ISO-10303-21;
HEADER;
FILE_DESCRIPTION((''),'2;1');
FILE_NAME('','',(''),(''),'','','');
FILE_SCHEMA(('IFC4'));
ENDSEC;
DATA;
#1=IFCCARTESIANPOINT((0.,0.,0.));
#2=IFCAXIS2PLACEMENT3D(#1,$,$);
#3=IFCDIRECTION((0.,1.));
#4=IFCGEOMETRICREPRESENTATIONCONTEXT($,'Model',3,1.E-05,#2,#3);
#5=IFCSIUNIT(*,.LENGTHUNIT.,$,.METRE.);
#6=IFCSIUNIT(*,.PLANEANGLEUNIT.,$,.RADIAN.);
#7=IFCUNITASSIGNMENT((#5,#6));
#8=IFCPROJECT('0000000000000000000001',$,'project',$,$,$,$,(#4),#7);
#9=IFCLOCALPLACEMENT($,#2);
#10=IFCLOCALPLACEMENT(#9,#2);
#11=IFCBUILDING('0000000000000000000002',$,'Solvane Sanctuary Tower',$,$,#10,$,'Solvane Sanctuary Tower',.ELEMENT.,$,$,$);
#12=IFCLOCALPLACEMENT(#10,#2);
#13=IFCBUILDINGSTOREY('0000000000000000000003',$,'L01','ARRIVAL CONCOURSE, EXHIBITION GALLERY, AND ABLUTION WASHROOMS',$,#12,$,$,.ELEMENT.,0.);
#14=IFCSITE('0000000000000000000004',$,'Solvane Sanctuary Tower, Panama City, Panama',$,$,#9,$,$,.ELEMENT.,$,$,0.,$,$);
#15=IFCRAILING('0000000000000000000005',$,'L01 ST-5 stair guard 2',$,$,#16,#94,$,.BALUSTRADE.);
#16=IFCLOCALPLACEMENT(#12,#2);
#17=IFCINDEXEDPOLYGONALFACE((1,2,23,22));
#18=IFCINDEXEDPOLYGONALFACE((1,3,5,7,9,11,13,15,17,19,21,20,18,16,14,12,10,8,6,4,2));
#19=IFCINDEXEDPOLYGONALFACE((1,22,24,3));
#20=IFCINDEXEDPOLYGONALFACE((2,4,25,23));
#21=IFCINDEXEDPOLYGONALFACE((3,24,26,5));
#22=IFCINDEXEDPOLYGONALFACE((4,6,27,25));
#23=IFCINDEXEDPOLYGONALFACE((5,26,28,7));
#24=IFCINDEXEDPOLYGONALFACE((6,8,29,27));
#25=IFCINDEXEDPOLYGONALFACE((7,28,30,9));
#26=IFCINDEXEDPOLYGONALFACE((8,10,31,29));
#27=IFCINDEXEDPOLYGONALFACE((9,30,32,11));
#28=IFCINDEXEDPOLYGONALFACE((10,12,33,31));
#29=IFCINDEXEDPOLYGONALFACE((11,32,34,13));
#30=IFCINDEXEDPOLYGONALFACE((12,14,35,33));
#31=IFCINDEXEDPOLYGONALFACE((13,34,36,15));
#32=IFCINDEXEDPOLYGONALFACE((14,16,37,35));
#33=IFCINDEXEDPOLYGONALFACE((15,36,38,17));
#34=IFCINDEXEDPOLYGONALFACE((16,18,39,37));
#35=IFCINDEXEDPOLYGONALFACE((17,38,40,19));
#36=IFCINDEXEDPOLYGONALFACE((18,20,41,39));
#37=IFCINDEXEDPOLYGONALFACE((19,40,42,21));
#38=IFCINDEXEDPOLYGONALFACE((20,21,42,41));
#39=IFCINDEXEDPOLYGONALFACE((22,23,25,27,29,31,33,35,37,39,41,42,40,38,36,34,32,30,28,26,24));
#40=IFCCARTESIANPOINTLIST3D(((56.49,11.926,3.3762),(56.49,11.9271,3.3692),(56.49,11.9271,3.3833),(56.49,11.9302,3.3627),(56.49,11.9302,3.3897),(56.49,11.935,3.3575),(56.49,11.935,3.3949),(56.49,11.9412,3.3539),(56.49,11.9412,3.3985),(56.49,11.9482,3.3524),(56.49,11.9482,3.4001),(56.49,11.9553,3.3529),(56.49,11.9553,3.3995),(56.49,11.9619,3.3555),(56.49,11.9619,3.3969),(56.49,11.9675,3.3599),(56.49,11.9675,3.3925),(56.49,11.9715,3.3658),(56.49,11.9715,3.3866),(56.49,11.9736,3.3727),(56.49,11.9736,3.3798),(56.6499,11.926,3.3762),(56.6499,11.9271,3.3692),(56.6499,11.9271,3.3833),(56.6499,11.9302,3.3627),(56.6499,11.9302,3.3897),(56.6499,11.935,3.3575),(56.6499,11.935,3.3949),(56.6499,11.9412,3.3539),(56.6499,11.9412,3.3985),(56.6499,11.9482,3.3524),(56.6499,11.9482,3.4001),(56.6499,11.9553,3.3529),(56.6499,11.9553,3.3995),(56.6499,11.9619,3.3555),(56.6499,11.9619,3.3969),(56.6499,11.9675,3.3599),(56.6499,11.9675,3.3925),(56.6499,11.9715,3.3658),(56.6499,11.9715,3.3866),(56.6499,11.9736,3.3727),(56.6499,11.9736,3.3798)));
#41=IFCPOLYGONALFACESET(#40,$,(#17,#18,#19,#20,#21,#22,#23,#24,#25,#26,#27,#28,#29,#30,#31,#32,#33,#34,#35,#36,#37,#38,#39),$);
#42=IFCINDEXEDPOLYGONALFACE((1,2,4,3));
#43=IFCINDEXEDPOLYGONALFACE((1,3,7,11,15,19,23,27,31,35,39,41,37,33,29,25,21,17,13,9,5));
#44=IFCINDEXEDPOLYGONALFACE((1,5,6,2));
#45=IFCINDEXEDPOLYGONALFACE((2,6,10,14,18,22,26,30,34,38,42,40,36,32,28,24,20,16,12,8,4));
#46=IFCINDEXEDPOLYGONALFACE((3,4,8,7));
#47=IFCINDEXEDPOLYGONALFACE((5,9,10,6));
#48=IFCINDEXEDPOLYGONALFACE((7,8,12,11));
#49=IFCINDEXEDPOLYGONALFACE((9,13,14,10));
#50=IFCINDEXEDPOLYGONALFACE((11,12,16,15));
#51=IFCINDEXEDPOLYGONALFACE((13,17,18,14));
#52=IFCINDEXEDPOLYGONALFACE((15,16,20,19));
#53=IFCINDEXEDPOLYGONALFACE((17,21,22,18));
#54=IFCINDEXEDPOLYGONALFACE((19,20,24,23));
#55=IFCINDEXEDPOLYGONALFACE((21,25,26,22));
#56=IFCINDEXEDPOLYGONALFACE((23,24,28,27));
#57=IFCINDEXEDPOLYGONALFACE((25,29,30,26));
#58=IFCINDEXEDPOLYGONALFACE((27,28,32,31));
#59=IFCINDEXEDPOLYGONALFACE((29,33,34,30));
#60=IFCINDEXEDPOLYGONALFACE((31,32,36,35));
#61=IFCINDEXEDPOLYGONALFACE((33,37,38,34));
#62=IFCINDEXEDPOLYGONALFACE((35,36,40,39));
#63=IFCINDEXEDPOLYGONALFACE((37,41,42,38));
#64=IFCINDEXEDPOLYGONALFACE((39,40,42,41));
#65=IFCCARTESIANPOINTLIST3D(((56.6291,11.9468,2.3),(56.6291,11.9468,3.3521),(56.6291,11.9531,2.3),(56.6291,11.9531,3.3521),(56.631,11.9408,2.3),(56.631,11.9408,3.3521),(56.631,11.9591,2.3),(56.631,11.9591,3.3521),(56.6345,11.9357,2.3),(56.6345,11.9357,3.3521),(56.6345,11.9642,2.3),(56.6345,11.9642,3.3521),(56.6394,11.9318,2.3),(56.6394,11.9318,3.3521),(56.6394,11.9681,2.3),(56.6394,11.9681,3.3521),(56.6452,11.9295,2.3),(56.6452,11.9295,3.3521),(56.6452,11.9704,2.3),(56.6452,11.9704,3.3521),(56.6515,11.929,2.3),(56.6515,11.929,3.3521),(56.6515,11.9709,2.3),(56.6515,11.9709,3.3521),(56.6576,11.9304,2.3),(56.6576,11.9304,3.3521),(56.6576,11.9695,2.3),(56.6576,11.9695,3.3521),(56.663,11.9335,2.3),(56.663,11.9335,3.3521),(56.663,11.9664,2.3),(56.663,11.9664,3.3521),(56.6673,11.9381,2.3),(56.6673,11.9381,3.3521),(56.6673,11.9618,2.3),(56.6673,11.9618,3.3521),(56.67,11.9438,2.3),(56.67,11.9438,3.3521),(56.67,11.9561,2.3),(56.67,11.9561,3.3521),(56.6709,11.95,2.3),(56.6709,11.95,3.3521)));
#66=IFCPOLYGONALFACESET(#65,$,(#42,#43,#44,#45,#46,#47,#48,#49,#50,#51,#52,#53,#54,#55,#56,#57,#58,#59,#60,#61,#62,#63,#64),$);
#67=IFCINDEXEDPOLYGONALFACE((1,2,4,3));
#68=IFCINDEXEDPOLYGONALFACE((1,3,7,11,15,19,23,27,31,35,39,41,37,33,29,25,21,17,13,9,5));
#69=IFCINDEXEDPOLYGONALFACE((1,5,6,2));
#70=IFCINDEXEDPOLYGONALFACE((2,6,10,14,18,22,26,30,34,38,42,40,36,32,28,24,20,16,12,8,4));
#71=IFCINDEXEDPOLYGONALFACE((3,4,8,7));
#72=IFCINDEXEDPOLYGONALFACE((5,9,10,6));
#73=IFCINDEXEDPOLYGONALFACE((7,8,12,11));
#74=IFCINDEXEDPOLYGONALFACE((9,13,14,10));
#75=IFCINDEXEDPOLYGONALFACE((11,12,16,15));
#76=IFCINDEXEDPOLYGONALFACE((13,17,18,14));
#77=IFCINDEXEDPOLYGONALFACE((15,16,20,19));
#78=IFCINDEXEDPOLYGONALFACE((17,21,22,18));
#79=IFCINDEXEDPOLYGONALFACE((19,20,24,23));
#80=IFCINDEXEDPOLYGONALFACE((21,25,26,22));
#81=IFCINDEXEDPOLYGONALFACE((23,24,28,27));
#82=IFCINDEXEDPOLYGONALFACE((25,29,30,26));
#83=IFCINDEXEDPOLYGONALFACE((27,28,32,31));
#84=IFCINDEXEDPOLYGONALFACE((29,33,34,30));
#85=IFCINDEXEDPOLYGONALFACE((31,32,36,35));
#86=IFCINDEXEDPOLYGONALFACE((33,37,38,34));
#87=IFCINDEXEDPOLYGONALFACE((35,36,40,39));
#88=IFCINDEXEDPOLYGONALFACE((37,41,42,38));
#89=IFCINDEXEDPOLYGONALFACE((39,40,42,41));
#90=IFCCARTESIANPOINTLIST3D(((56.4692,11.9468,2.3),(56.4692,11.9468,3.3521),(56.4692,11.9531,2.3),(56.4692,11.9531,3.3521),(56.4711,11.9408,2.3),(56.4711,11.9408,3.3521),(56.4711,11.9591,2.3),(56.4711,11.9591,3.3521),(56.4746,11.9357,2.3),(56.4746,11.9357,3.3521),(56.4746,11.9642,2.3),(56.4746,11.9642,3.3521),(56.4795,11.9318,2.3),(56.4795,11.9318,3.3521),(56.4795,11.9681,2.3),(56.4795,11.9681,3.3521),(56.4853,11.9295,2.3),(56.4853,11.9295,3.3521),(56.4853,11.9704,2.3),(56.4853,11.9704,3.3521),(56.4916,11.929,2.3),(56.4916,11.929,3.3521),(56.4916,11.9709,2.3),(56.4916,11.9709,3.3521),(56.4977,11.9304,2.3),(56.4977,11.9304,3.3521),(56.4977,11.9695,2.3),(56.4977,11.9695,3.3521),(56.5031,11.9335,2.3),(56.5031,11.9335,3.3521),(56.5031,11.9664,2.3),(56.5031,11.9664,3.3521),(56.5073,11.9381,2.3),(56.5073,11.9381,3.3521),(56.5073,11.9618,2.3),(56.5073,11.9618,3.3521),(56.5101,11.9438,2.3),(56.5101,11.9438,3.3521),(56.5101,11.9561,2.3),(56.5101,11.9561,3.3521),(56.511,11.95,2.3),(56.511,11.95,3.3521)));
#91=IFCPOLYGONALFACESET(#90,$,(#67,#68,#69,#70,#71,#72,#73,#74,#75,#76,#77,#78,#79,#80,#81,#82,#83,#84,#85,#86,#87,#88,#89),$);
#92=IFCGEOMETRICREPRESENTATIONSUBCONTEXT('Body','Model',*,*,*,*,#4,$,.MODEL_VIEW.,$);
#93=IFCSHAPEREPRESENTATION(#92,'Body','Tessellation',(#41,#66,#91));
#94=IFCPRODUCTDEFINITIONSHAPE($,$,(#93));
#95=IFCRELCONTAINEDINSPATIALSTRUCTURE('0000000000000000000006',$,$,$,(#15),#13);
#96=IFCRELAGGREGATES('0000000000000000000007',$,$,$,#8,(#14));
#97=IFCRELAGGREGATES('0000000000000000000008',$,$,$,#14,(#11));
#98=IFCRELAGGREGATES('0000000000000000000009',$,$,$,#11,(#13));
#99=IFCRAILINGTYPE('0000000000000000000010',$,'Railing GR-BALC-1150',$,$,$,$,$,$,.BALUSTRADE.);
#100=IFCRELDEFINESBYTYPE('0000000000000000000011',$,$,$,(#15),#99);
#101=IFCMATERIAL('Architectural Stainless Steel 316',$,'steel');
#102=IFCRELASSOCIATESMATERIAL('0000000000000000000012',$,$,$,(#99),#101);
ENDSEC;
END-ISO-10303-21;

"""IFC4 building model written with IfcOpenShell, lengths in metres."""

from ifc_helpers import new_model, si_unit, direction, frame, origin, origin_2d, place, context, subcontext, project, spatial, circle, extrude, material, type_object, element, save


model = new_model("IFC4")

# Units and contexts
model_context = context("Model", 3, precision=1e-05, world=origin(), true_north=direction((0.0, 1.0)))
body_context = subcontext(model_context, "Body", "Model", "MODEL_VIEW")
ifc_project = project(units=[si_unit("LENGTHUNIT", "METRE"), si_unit("PLANEANGLEUNIT", "RADIAN")], contexts=[model_context])

# Site, building, storey
site_placement = place(None, origin())
site = spatial("IfcSite", under=ifc_project, at=site_placement, Name="Solvane Sanctuary Tower, Panama City, Panama", CompositionType="ELEMENT", RefElevation=0.0)
building_placement = place(site_placement, origin())
building = spatial("IfcBuilding", under=site, at=building_placement, Name="Solvane Sanctuary Tower", LongName="Solvane Sanctuary Tower", CompositionType="ELEMENT")
storey_placement = place(building_placement, origin())
storey = spatial("IfcBuildingStorey", under=building, at=storey_placement, Name="L01", Description="ARRIVAL CONCOURSE, EXHIBITION GALLERY, AND ABLUTION WASHROOMS", CompositionType="ELEMENT", Elevation=0.0)

# Shared definitions
ifc_material_1 = material(Name="Architectural Stainless Steel 316", Category="steel")

# Railing
railing_type_1 = type_object("IfcRailingType", Name="Railing GR-BALC-1150", PredefinedType="BALUSTRADE", material=ifc_material_1)
railing_1_placement = place(storey_placement, frame((56.6499, 11.95, 2.3)))
element("IfcRailing", 1, at=railing_1_placement, inside=storey, type_object=railing_type_1, Name="L01 ST-5 stair guard 2", PredefinedType="BALUSTRADE", context=body_context, shape_type="SweptSolid", body=[
    extrude(circle(Radius=0.0239, at=origin_2d()), frame((0.0, 0.0, 1.0762), z_axis=(-1.0, 0.0, 0.0), x_axis=(0.0, -1.0, 0.0)), (0.0, 0.0, 1.0), 0.1599),
    extrude(circle(Radius=0.021, at=origin_2d()), origin(), (0.0, 0.0, 1.0), 1.052),
    extrude(circle(Radius=0.021, at=origin_2d()), frame((-0.1599, 0.0, 0.0)), (0.0, 0.0, 1.0), 1.052),
])

save(model, "model.ifc")
